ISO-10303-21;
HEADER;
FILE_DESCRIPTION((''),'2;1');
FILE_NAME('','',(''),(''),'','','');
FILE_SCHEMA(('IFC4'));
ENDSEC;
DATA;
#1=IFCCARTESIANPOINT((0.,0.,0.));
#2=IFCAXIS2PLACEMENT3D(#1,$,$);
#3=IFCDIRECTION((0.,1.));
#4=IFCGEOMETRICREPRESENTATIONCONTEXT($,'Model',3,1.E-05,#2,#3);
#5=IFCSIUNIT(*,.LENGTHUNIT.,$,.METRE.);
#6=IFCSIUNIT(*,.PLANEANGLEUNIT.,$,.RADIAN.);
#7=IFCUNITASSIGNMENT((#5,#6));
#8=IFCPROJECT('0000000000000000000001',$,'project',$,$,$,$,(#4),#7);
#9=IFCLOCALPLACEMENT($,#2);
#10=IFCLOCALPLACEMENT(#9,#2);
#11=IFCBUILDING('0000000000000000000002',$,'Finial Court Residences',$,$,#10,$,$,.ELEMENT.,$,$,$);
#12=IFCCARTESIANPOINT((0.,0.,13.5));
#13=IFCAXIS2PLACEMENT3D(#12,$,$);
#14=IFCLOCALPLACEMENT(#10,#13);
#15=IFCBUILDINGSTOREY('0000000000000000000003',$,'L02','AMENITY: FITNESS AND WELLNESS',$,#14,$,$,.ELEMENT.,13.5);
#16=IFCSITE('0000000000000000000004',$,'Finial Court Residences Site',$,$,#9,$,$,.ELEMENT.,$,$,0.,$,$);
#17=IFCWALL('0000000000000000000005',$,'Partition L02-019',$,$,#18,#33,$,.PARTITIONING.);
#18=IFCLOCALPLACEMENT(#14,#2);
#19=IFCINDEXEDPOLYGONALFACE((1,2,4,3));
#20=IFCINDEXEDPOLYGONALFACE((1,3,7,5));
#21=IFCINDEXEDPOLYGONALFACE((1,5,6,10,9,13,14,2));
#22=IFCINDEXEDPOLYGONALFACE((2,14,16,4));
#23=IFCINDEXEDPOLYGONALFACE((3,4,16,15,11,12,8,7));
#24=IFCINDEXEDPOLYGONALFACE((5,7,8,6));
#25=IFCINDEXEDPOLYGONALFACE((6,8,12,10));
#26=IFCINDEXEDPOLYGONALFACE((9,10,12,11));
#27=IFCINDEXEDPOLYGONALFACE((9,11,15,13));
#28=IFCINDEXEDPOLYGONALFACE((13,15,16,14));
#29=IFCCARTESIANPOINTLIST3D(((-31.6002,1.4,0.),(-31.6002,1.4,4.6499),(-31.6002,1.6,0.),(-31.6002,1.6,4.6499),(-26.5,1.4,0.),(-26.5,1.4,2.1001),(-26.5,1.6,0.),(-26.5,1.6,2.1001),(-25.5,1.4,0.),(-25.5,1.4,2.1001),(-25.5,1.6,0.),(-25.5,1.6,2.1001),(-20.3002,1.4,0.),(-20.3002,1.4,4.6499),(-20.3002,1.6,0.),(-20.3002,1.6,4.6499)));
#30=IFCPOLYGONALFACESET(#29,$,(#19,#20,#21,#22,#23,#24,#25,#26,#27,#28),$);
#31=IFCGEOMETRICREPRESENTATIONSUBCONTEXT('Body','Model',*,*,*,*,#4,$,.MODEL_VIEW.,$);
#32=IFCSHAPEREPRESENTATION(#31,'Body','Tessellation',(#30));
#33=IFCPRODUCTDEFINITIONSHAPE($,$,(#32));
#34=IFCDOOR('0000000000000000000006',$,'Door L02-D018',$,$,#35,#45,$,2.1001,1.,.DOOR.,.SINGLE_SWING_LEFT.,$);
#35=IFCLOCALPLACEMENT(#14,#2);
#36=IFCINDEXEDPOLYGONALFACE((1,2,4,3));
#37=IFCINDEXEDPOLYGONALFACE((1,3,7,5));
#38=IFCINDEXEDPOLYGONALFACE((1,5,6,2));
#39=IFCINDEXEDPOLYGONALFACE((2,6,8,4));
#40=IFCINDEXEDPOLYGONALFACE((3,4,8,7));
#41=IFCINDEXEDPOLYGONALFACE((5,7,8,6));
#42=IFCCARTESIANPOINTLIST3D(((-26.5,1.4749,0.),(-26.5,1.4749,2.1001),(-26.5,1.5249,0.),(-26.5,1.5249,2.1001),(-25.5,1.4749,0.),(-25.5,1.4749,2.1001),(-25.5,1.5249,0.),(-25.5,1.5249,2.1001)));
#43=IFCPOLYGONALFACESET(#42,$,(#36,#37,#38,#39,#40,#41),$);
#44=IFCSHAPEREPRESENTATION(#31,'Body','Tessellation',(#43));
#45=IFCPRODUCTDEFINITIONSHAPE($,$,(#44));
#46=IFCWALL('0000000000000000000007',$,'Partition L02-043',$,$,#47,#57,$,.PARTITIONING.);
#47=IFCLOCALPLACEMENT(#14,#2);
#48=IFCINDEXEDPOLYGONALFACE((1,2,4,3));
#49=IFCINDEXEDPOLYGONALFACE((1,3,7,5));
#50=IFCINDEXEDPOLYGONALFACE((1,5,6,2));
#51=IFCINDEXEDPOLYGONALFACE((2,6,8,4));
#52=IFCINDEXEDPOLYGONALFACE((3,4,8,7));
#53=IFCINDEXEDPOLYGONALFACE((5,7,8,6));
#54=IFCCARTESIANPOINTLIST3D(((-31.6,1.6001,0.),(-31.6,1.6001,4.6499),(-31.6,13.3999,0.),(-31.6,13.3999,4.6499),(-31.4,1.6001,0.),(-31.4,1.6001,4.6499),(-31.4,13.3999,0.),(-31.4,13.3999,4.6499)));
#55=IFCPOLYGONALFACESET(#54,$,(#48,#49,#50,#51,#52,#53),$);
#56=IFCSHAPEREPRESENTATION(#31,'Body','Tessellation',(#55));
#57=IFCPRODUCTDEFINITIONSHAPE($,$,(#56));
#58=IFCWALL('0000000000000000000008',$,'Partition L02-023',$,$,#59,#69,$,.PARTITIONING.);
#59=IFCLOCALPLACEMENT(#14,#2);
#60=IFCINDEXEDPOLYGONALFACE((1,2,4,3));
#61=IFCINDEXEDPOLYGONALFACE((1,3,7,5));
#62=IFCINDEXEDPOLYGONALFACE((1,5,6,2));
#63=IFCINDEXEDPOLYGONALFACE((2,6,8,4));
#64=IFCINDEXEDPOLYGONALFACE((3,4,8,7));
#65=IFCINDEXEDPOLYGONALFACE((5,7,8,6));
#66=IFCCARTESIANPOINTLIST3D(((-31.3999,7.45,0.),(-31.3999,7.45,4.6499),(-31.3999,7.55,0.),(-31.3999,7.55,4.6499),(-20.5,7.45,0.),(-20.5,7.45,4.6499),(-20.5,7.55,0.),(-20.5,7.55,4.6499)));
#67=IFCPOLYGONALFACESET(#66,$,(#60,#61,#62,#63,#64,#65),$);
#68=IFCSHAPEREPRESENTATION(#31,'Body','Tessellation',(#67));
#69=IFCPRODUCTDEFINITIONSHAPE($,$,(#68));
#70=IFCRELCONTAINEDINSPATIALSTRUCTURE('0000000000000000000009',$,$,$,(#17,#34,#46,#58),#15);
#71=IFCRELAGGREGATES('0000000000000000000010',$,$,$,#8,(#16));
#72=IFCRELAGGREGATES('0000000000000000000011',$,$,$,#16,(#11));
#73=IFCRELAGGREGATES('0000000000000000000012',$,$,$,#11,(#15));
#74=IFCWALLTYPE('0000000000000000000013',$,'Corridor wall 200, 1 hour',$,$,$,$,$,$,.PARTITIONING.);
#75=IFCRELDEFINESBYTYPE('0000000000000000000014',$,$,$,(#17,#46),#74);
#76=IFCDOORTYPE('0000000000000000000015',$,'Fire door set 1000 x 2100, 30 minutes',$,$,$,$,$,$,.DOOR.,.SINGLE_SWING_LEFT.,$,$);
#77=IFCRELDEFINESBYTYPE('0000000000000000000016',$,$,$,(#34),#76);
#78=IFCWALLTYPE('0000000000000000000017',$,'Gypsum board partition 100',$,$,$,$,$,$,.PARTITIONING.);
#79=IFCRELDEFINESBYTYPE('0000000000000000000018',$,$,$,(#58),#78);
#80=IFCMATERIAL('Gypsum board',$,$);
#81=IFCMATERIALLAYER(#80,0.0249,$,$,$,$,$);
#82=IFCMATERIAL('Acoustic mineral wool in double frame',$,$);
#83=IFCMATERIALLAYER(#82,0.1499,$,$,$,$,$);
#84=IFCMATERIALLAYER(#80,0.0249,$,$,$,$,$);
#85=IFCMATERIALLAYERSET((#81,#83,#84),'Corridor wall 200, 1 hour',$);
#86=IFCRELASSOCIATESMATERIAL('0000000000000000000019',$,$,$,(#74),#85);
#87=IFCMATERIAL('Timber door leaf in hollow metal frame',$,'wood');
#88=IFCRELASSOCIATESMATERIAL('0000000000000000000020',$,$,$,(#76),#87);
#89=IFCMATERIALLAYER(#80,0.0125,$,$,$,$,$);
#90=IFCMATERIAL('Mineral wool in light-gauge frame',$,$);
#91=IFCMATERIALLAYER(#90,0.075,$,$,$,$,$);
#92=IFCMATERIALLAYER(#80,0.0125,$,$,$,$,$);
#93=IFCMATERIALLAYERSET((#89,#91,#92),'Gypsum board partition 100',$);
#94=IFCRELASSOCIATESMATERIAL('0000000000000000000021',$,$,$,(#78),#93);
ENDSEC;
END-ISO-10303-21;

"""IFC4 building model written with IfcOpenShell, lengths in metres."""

from ifc_helpers import new_model, si_unit, direction, frame, frame_2d, origin, place, context, subcontext, project, spatial, rectangle, extrude, material, layer, layer_set, type_object, element, fill, save


model = new_model("IFC4")

# Units and contexts
model_context = context("Model", 3, precision=1e-05, world=origin(), true_north=direction((0.0, 1.0)))
body_context = subcontext(model_context, "Body", "Model", "MODEL_VIEW")
ifc_project = project(units=[si_unit("LENGTHUNIT", "METRE"), si_unit("PLANEANGLEUNIT", "RADIAN")], contexts=[model_context])

# Site, building, storey
site_placement = place(None, origin())
site = spatial("IfcSite", under=ifc_project, at=site_placement, Name="Finial Court Residences Site", CompositionType="ELEMENT", RefElevation=0.0)
building_placement = place(site_placement, origin())
building = spatial("IfcBuilding", under=site, at=building_placement, Name="Finial Court Residences", CompositionType="ELEMENT")
storey_placement = place(building_placement, frame((0.0, 0.0, 13.5)))
storey = spatial("IfcBuildingStorey", under=building, at=storey_placement, Name="L02", Description="AMENITY: FITNESS AND WELLNESS", CompositionType="ELEMENT", Elevation=13.5)

# Wall, opening, door
ifc_material_1 = material(Name="Gypsum board")
ifc_layer_1 = layer(ifc_material_1, 0.0249)
ifc_material_2 = material(Name="Acoustic mineral wool in double frame")
ifc_layer_2 = layer(ifc_material_2, 0.1499)
ifc_layer_3 = layer(ifc_material_1, 0.0249)
ifc_layer_set_1 = layer_set([ifc_layer_1, ifc_layer_2, ifc_layer_3], Name="Corridor wall 200, 1 hour")
wall_type_1 = type_object("IfcWallType", Name="Corridor wall 200, 1 hour", PredefinedType="PARTITIONING", material=ifc_layer_set_1)
wall_1_placement = place(storey_placement, frame((-31.6001, 1.5, 0.0), z_axis=(0.0, 0.0, 1.0), x_axis=(1.0, 0.0, 0.0)))
wall_1 = element("IfcWall", 1, at=wall_1_placement, inside=storey, type_object=wall_type_1, Name="Partition L02-019", PredefinedType="PARTITIONING", context=body_context, shape_type="SweptSolid", body=[
    extrude(rectangle(XDim=11.3, YDim=0.2, at=frame_2d((5.6499, 0.0))), origin(), (0.0, 0.0, 1.0), 4.6499),
])
opening_placement = place(wall_1_placement, frame((5.1001, 0.0, 0.0)))
opening = element("IfcOpeningElement", 2, at=opening_placement, cuts=wall_1, PredefinedType="OPENING", context=body_context, shape_type="SweptSolid", body=[
    extrude(rectangle(XDim=1.0, YDim=2.1001, at=frame_2d((0.5, 1.05))), frame((0.0, 0.1099, 0.0), z_axis=(0.0, -1.0, 0.0), x_axis=(1.0, 0.0, 0.0)), (0.0, 0.0, 1.0), 0.22),
])
ifc_material_3 = material(Name="Timber door leaf in hollow metal frame", Category="wood")
door_type = type_object("IfcDoorType", Name="Fire door set 1000 x 2100, 30 minutes", OperationType="SINGLE_SWING_LEFT", PredefinedType="DOOR", material=ifc_material_3)
door_placement = place(opening_placement, origin())
door = element("IfcDoor", 3, at=door_placement, inside=storey, type_object=door_type, Name="Door L02-D018", OperationType="SINGLE_SWING_LEFT", OverallHeight=2.1001, OverallWidth=1.0, PredefinedType="DOOR", context=body_context, shape_type="SweptSolid", body=[
    extrude(rectangle(XDim=1.0, YDim=2.1001, at=frame_2d((0.5, 1.05))), frame((0.0, 0.0249, 0.0), z_axis=(0.0, -1.0, 0.0), x_axis=(1.0, 0.0, 0.0)), (0.0, 0.0, 1.0), 0.05),
])
fill(opening, door)

# Walls
wall_2_placement = place(storey_placement, frame((-31.5, 1.6001, 0.0), z_axis=(0.0, 0.0, 1.0), x_axis=(0.0, 1.0, 0.0)))
element("IfcWall", 4, at=wall_2_placement, inside=storey, type_object=wall_type_1, Name="Partition L02-043", PredefinedType="PARTITIONING", context=body_context, shape_type="SweptSolid", body=[
    extrude(rectangle(XDim=11.7998, YDim=0.2, at=frame_2d((5.8999, 0.0))), origin(), (0.0, 0.0, 1.0), 4.6499),
])
ifc_layer_4 = layer(ifc_material_1, 0.0125)
ifc_material_4 = material(Name="Mineral wool in light-gauge frame")
ifc_layer_5 = layer(ifc_material_4, 0.075)
ifc_layer_6 = layer(ifc_material_1, 0.0125)
ifc_layer_set_2 = layer_set([ifc_layer_4, ifc_layer_5, ifc_layer_6], Name="Gypsum board partition 100")
wall_type_2 = type_object("IfcWallType", Name="Gypsum board partition 100", PredefinedType="PARTITIONING", material=ifc_layer_set_2)
wall_3_placement = place(storey_placement, frame((-31.3999, 7.5, 0.0), z_axis=(0.0, 0.0, 1.0), x_axis=(1.0, 0.0, 0.0)))
element("IfcWall", 5, at=wall_3_placement, inside=storey, type_object=wall_type_2, Name="Partition L02-023", PredefinedType="PARTITIONING", context=body_context, shape_type="SweptSolid", body=[
    extrude(rectangle(XDim=10.8999, YDim=0.1001, at=frame_2d((5.45, 0.0))), origin(), (0.0, 0.0, 1.0), 4.6499),
])

save(model, "model.ifc")
